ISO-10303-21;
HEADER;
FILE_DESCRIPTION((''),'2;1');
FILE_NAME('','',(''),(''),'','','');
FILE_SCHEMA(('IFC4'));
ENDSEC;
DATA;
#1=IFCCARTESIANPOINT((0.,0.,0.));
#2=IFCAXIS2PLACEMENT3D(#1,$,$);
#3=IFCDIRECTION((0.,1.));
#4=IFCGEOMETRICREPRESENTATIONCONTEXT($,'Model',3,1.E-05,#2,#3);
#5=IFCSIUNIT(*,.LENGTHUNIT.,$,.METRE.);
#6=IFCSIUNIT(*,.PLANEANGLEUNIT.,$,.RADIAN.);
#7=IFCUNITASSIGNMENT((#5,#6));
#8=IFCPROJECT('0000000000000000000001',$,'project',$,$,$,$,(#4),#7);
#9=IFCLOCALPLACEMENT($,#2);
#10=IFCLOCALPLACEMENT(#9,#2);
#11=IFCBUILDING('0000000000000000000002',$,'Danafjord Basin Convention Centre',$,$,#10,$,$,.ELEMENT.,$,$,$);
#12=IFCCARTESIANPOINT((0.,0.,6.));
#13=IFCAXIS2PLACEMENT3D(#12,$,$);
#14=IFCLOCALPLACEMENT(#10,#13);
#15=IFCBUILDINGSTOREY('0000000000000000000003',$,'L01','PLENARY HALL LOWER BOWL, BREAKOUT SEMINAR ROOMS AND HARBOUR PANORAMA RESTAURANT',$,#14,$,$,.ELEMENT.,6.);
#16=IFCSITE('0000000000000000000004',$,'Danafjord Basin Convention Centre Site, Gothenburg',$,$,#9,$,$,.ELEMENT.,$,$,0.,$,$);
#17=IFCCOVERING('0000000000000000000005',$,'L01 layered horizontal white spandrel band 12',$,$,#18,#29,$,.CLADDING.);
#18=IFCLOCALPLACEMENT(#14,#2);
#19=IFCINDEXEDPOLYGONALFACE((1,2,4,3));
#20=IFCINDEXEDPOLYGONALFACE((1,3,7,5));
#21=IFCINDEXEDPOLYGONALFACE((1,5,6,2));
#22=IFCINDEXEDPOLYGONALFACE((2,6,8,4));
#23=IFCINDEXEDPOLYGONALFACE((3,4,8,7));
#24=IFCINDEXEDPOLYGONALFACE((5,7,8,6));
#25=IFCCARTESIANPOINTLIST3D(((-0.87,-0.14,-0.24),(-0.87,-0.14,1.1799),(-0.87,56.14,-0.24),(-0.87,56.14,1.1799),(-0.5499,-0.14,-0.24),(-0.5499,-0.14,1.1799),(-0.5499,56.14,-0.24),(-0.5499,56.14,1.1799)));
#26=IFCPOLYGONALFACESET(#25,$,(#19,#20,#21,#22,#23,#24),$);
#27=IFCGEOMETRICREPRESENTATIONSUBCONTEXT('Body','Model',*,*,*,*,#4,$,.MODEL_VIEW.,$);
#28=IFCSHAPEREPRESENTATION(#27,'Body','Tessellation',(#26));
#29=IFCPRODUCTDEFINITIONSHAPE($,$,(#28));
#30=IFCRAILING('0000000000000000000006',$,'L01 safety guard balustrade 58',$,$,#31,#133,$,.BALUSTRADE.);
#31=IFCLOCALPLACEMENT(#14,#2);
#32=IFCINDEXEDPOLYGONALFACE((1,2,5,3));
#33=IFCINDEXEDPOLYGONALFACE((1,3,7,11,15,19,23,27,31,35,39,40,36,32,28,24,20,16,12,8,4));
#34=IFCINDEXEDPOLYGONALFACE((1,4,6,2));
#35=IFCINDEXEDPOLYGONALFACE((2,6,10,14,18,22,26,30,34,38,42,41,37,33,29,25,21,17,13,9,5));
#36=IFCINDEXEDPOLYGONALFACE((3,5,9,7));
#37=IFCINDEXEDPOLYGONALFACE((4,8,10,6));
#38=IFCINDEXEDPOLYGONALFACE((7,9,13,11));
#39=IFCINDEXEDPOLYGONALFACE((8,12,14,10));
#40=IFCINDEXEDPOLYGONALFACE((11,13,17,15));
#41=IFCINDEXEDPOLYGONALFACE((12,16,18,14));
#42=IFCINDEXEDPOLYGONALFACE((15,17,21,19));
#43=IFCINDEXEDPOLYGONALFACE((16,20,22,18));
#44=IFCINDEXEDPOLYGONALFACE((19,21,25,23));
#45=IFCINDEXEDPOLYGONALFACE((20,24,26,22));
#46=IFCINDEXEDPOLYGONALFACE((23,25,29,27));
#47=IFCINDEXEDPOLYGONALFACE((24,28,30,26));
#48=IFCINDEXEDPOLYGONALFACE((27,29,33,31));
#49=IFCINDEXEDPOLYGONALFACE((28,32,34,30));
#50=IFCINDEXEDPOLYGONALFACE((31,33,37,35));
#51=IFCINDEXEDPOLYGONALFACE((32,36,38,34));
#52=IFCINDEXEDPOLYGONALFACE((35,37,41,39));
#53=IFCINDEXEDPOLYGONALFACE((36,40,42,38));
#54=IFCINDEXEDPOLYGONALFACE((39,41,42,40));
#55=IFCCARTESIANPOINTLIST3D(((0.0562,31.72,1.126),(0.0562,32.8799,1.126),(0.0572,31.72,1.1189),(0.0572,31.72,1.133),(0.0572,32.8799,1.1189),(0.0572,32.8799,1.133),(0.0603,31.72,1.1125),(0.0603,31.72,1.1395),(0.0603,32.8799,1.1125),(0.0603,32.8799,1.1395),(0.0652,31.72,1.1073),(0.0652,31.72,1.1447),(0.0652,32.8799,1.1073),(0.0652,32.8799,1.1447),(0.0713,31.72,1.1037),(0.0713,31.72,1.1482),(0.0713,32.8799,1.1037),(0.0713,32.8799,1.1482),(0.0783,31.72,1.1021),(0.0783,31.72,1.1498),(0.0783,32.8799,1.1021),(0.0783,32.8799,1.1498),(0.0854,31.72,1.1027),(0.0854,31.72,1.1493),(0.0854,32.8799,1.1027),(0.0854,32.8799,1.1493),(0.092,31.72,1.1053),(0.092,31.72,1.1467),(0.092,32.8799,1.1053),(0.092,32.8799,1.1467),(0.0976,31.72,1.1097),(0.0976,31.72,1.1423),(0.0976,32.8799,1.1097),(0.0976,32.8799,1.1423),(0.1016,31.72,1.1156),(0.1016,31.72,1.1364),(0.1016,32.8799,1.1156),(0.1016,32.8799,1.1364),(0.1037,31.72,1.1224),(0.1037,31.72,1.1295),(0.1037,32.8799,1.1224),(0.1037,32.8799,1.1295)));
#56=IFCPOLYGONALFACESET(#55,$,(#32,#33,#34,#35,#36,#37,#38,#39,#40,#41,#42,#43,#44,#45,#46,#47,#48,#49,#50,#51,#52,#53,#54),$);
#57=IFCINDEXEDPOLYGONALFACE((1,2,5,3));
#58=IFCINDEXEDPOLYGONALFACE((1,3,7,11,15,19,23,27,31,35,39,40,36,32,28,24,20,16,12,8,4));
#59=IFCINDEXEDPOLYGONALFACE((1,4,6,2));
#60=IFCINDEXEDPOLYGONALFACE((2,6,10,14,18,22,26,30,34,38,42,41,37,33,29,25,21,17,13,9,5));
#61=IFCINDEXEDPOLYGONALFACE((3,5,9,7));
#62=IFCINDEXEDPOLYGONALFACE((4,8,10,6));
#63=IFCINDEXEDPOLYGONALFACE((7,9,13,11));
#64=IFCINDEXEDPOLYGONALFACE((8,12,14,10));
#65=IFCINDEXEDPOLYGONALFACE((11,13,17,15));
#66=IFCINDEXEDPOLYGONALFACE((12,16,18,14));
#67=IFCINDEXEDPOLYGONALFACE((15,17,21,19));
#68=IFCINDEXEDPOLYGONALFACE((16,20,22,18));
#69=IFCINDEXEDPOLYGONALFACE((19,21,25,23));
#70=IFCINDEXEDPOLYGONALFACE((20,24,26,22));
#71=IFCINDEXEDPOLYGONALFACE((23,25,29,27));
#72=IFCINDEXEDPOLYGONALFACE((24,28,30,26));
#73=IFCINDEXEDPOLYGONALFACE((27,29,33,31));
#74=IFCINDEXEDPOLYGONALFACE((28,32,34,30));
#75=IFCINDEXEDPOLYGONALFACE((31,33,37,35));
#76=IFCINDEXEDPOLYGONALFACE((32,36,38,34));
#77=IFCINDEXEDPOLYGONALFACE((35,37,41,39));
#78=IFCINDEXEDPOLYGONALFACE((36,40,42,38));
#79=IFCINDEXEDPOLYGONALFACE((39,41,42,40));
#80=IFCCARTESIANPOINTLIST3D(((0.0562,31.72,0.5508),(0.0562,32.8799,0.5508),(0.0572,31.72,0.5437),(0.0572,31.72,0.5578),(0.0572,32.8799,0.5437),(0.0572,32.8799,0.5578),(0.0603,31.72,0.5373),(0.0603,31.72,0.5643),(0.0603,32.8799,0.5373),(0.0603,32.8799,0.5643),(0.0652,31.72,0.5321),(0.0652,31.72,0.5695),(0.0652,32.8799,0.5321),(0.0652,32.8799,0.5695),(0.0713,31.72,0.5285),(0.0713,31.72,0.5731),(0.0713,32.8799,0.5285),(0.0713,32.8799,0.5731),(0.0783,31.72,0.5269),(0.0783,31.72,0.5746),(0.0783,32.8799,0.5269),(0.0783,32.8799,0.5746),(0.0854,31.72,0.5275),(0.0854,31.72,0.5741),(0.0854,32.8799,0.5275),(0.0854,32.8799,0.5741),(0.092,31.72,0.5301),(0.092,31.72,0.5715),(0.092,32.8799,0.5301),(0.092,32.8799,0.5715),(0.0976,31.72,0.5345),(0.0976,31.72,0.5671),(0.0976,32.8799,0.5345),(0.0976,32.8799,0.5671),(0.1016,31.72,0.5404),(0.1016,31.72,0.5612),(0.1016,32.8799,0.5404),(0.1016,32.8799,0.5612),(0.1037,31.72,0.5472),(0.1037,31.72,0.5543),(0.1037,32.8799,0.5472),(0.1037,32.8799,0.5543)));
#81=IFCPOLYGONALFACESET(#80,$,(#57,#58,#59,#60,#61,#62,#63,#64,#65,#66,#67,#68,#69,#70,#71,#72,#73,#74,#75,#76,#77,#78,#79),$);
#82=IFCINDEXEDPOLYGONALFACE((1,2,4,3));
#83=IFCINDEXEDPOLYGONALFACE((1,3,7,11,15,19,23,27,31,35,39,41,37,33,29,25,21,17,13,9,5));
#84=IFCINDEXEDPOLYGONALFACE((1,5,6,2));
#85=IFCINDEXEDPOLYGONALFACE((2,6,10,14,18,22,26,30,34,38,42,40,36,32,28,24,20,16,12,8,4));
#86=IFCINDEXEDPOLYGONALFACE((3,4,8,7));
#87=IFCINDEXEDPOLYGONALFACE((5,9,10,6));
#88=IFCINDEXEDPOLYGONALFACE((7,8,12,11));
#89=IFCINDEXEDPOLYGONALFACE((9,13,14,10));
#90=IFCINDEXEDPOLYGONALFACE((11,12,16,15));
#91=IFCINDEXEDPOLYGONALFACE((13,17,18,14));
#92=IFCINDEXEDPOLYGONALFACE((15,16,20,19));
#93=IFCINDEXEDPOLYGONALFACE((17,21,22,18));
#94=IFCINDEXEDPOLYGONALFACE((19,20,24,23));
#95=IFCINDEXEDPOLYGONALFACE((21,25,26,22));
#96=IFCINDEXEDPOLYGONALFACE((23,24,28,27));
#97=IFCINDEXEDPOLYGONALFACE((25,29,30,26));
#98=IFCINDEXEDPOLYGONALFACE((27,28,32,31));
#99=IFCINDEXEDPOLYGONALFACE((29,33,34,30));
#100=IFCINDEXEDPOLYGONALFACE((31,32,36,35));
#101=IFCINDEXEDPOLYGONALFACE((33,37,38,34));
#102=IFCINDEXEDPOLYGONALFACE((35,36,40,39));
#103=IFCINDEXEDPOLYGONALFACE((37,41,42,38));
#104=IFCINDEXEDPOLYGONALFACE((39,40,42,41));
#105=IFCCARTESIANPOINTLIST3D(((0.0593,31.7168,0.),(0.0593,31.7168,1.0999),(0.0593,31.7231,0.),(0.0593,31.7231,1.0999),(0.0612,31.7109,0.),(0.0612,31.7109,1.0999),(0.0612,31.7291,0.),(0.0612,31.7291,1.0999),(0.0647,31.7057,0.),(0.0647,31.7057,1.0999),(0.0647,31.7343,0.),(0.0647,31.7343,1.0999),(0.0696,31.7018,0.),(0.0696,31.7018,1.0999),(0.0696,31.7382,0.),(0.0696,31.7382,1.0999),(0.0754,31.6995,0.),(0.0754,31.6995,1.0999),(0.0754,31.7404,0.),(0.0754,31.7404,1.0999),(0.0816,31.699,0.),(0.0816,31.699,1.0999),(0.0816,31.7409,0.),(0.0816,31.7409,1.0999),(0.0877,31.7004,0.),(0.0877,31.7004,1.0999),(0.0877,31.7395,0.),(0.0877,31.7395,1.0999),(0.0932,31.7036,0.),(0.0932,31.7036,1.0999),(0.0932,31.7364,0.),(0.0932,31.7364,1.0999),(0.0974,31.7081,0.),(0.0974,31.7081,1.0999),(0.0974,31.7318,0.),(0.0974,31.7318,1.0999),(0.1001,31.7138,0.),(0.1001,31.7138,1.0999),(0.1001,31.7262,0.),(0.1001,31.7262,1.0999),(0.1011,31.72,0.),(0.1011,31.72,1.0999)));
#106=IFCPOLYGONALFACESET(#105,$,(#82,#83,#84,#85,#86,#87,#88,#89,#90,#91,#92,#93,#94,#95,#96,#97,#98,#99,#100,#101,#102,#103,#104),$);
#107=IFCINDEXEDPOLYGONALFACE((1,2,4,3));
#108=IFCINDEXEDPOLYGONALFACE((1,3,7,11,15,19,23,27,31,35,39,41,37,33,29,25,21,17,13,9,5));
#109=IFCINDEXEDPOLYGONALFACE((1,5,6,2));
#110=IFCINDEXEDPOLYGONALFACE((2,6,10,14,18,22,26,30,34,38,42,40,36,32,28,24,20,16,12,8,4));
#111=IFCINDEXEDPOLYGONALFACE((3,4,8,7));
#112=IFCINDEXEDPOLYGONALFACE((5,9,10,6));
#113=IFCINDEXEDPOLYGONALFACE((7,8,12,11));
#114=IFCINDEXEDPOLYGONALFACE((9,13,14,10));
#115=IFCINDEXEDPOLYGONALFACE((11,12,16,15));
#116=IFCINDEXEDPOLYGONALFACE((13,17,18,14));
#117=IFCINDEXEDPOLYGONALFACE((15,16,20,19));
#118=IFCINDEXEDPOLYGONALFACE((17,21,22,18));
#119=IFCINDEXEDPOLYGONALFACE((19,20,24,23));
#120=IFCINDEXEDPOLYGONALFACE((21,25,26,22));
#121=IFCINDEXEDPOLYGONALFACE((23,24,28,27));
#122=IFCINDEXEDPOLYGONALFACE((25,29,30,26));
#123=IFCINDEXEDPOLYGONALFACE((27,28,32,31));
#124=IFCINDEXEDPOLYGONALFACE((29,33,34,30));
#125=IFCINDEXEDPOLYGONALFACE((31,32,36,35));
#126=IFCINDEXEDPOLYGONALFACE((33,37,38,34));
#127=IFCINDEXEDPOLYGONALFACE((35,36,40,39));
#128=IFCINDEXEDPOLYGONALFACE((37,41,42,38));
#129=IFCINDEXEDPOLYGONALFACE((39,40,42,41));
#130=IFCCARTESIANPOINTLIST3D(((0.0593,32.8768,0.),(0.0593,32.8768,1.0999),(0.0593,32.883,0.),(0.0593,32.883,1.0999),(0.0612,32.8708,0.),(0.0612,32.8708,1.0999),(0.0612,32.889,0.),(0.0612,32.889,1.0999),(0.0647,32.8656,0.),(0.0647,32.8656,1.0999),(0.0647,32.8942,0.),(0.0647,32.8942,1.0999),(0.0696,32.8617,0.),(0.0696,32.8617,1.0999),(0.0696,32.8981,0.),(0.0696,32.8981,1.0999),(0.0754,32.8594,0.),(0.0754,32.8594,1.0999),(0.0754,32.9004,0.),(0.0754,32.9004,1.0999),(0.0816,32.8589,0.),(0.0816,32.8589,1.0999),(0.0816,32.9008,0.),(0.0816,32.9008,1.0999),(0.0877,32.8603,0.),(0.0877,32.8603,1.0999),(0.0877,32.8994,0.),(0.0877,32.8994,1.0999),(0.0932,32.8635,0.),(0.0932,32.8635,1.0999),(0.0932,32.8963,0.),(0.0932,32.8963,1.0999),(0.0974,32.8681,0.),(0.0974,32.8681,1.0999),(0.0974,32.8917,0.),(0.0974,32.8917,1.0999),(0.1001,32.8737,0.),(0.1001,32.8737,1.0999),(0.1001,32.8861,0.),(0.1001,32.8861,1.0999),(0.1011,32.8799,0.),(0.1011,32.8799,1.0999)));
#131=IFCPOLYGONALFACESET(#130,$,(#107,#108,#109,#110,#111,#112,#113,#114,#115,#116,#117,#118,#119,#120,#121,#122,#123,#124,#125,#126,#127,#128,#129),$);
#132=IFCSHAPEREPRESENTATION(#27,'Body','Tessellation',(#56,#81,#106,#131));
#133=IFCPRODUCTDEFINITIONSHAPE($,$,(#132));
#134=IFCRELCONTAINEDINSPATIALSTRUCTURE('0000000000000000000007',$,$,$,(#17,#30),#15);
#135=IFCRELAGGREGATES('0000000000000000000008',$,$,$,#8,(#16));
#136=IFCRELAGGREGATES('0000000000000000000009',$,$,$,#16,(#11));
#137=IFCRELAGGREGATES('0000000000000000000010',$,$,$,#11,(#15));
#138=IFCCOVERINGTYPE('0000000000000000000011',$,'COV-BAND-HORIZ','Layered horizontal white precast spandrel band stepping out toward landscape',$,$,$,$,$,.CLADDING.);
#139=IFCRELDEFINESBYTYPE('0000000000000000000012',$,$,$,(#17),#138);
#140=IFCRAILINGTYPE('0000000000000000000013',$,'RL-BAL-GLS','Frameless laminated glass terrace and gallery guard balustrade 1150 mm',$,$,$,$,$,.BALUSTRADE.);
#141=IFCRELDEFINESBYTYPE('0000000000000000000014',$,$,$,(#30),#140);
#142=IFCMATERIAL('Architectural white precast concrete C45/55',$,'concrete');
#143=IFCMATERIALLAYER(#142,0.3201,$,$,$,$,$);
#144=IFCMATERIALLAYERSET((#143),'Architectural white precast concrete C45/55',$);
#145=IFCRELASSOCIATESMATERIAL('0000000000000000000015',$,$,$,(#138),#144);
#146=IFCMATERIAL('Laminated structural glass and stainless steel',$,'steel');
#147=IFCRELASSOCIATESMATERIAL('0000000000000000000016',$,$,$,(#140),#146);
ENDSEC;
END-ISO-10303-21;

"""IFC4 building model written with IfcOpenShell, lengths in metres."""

from ifc_helpers import new_model, si_unit, direction, frame, origin, origin_2d, place, context, subcontext, project, spatial, rectangle, circle, extrude, material, layer, layer_set, type_object, element, save


model = new_model("IFC4")

# Units and contexts
model_context = context("Model", 3, precision=1e-05, world=origin(), true_north=direction((0.0, 1.0)))
body_context = subcontext(model_context, "Body", "Model", "MODEL_VIEW")
ifc_project = project(units=[si_unit("LENGTHUNIT", "METRE"), si_unit("PLANEANGLEUNIT", "RADIAN")], contexts=[model_context])

# Site, building, storey
site_placement = place(None, origin())
site = spatial("IfcSite", under=ifc_project, at=site_placement, Name="Danafjord Basin Convention Centre Site, Gothenburg", CompositionType="ELEMENT", RefElevation=0.0)
building_placement = place(site_placement, origin())
building = spatial("IfcBuilding", under=site, at=building_placement, Name="Danafjord Basin Convention Centre", CompositionType="ELEMENT")
storey_placement = place(building_placement, frame((0.0, 0.0, 6.0)))
storey = spatial("IfcBuildingStorey", under=building, at=storey_placement, Name="L01", Description="PLENARY HALL LOWER BOWL, BREAKOUT SEMINAR ROOMS AND HARBOUR PANORAMA RESTAURANT", CompositionType="ELEMENT", Elevation=6.0)

# Covering
ifc_material_1 = material(Name="Architectural white precast concrete C45/55", Category="concrete")
ifc_layer_1 = layer(ifc_material_1, 0.3201)
ifc_layer_set_1 = layer_set([ifc_layer_1], Name="Architectural white precast concrete C45/55")
covering_type = type_object("IfcCoveringType", Name="COV-BAND-HORIZ", Description="Layered horizontal white precast spandrel band stepping out toward landscape", PredefinedType="CLADDING", material=ifc_layer_set_1)
covering_1_placement = place(storey_placement, frame((-0.71, 28.0, -0.24), z_axis=(0.0, 0.0, 1.0), x_axis=(0.0, -1.0, 0.0)))
element("IfcCovering", 1, at=covering_1_placement, inside=storey, type_object=covering_type, Name="L01 layered horizontal white spandrel band 12", PredefinedType="CLADDING", context=body_context, shape_type="SweptSolid", body=[
    extrude(rectangle(XDim=56.28, YDim=0.3201, at=origin_2d()), origin(), (0.0, 0.0, 1.0), 1.4199),
])

# Railing
ifc_material_2 = material(Name="Laminated structural glass and stainless steel", Category="steel")
railing_type = type_object("IfcRailingType", Name="RL-BAL-GLS", Description="Frameless laminated glass terrace and gallery guard balustrade 1150 mm", PredefinedType="BALUSTRADE", material=ifc_material_2)
for number, where, name in (
    (2, (0.0801, 31.72, 0.0), "L01 safety guard balustrade 58"),
):
    element("IfcRailing", number, at=place(storey_placement, frame(where)), inside=storey, type_object=railing_type, Name=name, PredefinedType="BALUSTRADE", context=body_context, shape_type="SweptSolid", body=[
        extrude(circle(Radius=0.0239, at=origin_2d()), frame((0.0, 0.0, 1.126), z_axis=(0.0, 1.0, 0.0), x_axis=(-1.0, 0.0, 0.0)), (0.0, 0.0, 1.0), 1.1599),
        extrude(circle(Radius=0.0239, at=origin_2d()), frame((0.0, 0.0, 0.5508), z_axis=(0.0, 1.0, 0.0), x_axis=(-1.0, 0.0, 0.0)), (0.0, 0.0, 1.0), 1.1599),
        extrude(circle(Radius=0.021, at=origin_2d()), origin(), (0.0, 0.0, 1.0), 1.0999),
        extrude(circle(Radius=0.021, at=origin_2d()), frame((0.0, 1.1599, 0.0)), (0.0, 0.0, 1.0), 1.0999),
    ])

save(model, "model.ifc")
